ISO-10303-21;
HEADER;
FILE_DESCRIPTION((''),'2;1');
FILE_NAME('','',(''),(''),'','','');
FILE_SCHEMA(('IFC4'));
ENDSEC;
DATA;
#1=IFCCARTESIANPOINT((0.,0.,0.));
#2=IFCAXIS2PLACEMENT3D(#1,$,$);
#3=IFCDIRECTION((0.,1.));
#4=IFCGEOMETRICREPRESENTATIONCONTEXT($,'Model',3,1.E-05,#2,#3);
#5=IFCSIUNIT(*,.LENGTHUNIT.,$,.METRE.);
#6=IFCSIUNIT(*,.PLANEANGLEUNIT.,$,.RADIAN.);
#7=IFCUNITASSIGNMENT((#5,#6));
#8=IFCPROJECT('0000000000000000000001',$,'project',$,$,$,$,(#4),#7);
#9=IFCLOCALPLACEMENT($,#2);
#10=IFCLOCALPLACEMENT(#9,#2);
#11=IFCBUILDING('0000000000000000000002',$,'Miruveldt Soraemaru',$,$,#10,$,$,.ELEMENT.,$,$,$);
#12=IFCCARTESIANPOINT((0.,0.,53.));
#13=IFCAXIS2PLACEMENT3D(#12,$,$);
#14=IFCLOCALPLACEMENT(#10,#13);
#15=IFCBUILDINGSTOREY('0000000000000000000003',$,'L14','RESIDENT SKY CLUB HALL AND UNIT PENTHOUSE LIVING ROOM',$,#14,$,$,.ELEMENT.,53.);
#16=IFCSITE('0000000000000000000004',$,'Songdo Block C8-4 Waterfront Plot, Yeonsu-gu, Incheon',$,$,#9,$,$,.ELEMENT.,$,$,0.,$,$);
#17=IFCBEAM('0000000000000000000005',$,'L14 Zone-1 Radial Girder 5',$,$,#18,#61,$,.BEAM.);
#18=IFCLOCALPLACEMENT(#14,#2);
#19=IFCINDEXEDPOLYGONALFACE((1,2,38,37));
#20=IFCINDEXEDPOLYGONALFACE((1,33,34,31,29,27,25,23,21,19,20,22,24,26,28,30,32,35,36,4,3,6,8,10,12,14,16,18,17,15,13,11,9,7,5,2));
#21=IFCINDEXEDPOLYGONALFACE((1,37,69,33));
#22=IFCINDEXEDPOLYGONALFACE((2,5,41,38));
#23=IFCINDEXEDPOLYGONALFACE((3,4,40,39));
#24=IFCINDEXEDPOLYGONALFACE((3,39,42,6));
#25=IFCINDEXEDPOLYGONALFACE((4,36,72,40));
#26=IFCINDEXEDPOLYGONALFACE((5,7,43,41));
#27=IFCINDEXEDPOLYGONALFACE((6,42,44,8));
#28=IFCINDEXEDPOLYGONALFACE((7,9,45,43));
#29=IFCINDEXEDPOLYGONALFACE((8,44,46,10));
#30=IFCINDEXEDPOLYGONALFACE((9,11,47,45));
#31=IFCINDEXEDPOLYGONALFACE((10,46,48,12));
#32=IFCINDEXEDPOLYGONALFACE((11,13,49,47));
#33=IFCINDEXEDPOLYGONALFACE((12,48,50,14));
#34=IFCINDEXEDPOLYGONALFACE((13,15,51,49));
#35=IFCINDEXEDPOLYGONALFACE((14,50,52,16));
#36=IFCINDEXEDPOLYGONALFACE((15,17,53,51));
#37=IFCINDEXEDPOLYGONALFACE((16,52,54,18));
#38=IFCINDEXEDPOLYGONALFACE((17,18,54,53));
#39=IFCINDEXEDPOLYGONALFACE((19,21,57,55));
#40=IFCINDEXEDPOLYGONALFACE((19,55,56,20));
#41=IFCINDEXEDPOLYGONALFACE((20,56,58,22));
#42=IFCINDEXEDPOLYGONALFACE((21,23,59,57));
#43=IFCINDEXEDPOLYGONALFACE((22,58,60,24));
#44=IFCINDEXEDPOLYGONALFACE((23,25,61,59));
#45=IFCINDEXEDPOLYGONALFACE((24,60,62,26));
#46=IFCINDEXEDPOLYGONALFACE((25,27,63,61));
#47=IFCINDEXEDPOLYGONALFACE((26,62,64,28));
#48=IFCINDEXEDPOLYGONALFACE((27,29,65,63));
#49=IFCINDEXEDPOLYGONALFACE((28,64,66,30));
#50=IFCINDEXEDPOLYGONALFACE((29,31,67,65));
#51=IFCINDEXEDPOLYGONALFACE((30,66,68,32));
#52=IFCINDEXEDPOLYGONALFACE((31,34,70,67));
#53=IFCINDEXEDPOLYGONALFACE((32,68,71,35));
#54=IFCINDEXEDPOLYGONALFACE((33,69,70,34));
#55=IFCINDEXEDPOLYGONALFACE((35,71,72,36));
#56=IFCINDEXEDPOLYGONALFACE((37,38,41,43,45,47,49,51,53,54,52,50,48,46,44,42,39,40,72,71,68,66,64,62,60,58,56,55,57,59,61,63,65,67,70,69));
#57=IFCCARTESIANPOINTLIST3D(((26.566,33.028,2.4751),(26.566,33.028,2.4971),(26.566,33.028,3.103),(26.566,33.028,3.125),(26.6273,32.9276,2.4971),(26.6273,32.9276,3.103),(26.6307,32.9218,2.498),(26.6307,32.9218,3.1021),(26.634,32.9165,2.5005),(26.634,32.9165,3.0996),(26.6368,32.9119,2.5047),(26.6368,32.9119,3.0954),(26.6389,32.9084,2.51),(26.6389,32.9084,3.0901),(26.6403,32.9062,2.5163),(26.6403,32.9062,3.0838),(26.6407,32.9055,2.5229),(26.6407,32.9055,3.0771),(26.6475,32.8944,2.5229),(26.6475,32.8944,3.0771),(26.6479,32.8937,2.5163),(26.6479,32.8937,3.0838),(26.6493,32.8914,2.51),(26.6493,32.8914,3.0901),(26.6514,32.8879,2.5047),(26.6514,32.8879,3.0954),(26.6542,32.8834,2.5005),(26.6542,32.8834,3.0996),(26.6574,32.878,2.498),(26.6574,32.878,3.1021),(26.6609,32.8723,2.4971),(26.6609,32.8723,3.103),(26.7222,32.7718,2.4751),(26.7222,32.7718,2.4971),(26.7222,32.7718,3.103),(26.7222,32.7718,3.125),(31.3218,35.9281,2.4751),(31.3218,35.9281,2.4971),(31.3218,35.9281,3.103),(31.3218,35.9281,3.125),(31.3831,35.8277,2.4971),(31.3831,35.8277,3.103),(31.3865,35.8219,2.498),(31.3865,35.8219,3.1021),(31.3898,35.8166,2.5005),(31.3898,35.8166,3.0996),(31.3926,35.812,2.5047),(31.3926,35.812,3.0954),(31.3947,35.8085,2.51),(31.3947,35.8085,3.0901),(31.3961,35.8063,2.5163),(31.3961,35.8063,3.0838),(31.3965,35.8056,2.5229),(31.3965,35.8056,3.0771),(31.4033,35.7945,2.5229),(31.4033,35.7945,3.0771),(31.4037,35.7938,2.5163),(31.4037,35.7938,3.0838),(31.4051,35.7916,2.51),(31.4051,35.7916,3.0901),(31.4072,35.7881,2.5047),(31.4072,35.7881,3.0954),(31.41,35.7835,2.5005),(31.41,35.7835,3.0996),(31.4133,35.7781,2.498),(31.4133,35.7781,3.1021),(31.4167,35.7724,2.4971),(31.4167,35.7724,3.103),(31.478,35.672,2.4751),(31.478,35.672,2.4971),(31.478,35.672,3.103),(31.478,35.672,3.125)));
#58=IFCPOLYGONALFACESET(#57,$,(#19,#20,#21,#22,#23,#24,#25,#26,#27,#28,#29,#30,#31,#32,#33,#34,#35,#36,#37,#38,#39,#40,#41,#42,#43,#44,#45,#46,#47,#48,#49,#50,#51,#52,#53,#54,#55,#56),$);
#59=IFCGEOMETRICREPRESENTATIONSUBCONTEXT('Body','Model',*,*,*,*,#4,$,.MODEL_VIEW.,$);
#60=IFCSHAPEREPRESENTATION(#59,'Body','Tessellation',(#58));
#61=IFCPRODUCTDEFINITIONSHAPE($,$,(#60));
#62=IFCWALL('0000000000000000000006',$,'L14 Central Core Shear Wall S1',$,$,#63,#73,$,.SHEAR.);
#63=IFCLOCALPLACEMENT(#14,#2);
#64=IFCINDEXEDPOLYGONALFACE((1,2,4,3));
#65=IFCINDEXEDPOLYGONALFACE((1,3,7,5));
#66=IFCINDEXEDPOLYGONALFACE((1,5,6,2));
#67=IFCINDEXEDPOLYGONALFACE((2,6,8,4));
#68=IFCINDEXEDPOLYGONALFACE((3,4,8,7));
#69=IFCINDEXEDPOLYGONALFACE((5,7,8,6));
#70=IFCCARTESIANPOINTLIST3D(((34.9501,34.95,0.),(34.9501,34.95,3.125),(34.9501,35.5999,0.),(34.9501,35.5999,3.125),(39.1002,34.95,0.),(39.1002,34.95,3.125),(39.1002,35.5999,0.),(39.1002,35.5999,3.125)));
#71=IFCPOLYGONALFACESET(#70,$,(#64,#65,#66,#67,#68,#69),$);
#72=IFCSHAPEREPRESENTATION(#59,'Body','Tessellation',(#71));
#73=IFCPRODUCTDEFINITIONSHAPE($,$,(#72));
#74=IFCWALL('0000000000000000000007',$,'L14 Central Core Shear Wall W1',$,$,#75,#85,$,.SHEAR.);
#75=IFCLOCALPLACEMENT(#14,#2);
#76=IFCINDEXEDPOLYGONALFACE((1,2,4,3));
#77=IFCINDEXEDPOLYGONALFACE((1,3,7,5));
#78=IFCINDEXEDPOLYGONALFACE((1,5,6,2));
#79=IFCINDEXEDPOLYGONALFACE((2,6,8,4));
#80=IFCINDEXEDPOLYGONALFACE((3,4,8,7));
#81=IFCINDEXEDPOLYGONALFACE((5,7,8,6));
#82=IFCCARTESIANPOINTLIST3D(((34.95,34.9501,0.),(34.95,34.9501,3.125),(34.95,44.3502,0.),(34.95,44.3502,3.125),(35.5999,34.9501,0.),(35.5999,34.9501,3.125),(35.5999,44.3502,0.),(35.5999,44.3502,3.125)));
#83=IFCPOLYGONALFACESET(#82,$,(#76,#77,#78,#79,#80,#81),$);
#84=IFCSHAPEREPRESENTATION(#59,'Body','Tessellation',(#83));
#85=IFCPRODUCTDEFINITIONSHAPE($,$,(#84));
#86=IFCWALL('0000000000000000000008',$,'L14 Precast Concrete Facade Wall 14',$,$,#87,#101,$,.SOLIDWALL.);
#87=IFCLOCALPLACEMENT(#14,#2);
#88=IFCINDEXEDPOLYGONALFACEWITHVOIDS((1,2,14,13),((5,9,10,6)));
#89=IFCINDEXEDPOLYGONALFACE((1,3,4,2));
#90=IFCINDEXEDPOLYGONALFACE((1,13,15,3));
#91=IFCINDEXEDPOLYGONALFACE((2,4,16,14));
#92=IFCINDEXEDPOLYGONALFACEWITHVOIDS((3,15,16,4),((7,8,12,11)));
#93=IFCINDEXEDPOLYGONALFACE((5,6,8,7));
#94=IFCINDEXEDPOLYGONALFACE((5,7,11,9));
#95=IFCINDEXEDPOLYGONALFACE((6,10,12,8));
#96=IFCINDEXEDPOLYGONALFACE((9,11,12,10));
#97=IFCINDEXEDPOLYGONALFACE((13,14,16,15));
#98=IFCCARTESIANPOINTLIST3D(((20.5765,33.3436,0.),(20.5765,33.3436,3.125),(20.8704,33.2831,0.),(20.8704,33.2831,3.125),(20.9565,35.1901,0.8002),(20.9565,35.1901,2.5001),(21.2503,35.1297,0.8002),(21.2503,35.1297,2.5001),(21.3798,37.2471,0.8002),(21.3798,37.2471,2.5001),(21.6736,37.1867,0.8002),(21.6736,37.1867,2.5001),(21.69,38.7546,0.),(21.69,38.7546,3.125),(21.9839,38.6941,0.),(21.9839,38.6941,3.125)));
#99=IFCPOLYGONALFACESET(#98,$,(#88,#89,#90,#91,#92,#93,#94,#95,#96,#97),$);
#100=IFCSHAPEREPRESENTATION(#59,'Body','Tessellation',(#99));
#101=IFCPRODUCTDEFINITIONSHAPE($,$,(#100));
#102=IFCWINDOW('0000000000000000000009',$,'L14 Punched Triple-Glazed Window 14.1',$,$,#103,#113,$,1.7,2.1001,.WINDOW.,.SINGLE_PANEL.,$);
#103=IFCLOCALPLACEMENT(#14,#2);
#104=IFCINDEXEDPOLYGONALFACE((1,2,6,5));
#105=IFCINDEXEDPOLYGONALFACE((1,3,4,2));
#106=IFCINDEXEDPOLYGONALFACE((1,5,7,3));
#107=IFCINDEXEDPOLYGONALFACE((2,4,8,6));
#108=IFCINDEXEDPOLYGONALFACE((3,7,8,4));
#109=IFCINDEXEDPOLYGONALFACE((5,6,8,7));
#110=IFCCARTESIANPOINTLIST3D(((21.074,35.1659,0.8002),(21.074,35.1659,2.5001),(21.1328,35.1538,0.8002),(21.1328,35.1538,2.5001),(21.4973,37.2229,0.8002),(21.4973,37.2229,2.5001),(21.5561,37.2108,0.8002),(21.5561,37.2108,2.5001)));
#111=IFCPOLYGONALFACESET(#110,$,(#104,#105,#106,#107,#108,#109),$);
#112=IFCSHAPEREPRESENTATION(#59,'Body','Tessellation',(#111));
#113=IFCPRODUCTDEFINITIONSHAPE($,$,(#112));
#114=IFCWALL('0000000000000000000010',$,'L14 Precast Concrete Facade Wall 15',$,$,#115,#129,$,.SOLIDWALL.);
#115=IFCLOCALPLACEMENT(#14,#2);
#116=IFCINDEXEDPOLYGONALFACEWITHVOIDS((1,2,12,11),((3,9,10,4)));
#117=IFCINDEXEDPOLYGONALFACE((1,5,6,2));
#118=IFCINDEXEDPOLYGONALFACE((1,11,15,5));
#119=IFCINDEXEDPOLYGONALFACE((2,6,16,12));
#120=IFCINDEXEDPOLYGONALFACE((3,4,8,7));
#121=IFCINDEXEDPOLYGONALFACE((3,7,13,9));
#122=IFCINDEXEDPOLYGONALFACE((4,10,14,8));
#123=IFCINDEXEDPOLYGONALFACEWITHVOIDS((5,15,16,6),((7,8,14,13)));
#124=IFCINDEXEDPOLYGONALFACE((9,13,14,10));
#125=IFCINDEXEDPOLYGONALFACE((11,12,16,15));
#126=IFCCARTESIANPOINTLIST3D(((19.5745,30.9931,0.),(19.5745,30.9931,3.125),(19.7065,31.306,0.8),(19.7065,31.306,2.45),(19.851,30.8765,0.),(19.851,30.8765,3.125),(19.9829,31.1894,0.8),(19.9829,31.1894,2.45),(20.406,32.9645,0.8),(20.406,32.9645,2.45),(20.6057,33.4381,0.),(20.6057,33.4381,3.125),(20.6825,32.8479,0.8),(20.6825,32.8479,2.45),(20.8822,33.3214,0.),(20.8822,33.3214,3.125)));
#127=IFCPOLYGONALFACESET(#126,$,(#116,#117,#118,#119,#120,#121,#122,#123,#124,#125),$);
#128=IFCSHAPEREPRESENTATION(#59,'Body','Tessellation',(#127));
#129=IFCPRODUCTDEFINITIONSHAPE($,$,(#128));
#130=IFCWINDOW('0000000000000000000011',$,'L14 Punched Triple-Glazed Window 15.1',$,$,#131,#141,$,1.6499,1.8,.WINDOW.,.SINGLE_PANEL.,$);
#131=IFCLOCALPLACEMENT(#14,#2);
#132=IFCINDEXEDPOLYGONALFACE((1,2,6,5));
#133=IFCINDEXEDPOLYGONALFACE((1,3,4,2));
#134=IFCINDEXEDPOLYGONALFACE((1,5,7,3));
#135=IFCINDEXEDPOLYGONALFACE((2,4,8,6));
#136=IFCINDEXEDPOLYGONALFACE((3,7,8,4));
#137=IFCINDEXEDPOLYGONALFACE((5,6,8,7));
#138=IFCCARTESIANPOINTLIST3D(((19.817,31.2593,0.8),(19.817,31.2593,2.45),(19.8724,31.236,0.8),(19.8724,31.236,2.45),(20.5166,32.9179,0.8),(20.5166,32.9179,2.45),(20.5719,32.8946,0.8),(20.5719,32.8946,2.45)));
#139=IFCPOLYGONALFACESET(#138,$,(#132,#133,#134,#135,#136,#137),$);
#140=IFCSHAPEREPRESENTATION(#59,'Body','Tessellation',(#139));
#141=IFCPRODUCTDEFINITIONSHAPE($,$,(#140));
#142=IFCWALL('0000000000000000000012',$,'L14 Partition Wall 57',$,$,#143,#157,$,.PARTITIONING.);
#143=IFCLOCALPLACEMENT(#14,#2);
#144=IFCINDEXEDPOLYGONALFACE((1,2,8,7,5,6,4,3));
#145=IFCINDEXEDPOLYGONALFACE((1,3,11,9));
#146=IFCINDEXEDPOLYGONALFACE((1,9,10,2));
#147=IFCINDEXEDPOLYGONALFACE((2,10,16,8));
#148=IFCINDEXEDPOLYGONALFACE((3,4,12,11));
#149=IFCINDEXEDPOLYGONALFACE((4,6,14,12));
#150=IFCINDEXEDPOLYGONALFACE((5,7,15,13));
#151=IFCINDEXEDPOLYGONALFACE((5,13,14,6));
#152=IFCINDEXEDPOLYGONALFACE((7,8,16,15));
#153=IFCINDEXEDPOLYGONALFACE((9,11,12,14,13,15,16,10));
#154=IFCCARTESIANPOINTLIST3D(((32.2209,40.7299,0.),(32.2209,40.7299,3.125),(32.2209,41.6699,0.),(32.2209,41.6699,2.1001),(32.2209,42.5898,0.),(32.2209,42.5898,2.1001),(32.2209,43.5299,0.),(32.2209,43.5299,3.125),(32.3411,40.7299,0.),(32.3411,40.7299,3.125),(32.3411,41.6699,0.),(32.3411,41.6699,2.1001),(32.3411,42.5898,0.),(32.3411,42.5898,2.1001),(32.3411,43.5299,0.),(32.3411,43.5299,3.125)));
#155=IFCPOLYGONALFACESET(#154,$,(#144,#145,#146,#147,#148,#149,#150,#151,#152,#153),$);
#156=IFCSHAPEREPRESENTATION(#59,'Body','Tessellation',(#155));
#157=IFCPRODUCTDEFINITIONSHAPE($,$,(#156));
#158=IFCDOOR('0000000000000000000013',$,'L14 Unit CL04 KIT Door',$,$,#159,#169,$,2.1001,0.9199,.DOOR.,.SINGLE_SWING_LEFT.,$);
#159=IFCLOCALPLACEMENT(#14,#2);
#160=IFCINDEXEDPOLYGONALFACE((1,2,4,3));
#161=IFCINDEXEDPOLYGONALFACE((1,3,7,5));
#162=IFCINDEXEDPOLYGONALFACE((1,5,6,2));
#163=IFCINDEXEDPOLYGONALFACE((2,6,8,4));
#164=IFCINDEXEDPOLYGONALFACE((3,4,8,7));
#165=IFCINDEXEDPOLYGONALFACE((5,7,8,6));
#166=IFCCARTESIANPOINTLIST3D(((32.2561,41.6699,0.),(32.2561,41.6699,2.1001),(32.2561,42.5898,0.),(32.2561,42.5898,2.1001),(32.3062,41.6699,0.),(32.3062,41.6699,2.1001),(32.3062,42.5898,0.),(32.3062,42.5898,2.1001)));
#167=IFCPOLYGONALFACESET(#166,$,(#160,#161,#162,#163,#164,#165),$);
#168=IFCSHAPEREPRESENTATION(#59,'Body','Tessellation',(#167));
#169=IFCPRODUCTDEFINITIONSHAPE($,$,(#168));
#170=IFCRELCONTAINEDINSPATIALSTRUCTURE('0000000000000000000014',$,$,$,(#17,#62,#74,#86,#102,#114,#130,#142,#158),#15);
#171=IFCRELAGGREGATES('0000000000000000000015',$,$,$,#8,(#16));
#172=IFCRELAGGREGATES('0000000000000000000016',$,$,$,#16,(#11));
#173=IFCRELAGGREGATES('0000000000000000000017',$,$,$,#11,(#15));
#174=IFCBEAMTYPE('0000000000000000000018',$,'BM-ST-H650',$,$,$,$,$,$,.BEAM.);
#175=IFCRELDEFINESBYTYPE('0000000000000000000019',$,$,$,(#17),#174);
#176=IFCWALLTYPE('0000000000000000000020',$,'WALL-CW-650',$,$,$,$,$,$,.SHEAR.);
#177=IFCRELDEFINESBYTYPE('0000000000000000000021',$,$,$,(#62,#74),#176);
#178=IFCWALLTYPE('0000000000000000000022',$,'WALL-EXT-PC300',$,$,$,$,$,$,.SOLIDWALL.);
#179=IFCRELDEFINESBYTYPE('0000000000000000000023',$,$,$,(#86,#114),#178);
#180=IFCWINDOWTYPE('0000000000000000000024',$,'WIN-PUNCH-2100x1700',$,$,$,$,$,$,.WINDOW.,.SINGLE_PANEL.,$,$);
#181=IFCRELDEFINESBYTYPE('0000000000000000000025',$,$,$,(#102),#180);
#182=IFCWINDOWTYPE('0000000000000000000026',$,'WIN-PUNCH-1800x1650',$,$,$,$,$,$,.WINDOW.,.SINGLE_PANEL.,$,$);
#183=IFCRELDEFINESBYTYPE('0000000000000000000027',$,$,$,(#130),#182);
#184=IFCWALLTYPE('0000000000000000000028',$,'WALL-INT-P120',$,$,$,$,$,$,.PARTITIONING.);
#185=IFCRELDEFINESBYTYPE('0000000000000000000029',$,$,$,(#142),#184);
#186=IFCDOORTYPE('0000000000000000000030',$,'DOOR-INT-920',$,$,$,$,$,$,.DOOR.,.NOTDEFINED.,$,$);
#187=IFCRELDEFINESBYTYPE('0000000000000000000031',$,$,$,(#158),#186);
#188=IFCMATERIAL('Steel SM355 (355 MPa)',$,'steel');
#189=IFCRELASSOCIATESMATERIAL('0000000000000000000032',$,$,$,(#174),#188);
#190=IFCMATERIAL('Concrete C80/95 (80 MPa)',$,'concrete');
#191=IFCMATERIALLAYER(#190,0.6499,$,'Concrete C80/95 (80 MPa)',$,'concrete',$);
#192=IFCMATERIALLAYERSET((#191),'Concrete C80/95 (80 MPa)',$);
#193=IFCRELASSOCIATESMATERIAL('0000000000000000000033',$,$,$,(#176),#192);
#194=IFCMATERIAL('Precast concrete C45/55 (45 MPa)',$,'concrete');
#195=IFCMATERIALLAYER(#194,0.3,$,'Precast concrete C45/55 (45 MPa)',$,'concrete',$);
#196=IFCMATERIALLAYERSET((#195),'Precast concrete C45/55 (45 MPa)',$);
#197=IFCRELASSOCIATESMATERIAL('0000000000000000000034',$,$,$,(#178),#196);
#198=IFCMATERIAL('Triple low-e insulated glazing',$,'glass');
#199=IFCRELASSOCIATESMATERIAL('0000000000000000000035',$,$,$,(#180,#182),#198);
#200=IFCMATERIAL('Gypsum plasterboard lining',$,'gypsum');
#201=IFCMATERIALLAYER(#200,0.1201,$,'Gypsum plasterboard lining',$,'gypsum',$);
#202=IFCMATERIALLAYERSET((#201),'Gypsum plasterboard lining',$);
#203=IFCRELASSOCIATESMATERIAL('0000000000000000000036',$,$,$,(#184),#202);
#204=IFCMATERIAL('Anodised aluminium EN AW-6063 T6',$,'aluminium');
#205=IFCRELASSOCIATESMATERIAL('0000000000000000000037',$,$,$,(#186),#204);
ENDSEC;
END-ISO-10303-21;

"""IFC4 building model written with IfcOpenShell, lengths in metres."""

from ifc_helpers import new_model, si_unit, direction, frame, frame_2d, origin, origin_2d, place, context, subcontext, project, spatial, rectangle, i_section, extrude, material, layer, layer_set, material_profile, profile_set, type_object, element, fill, save


model = new_model("IFC4")

# Units and contexts
model_context = context("Model", 3, precision=1e-05, world=origin(), true_north=direction((0.0, 1.0)))
body_context = subcontext(model_context, "Body", "Model", "MODEL_VIEW")
ifc_project = project(units=[si_unit("LENGTHUNIT", "METRE"), si_unit("PLANEANGLEUNIT", "RADIAN")], contexts=[model_context])

# Site, building, storey
site_placement = place(None, origin())
site = spatial("IfcSite", under=ifc_project, at=site_placement, Name="Songdo Block C8-4 Waterfront Plot, Yeonsu-gu, Incheon", CompositionType="ELEMENT", RefElevation=0.0)
building_placement = place(site_placement, origin())
building = spatial("IfcBuilding", under=site, at=building_placement, Name="Miruveldt Soraemaru", CompositionType="ELEMENT")
storey_placement = place(building_placement, frame((0.0, 0.0, 53.0)))
storey = spatial("IfcBuildingStorey", under=building, at=storey_placement, Name="L14", Description="RESIDENT SKY CLUB HALL AND UNIT PENTHOUSE LIVING ROOM", CompositionType="ELEMENT", Elevation=53.0)

# Shared definitions
ifc_material_1 = material(Name="Concrete C80/95 (80 MPa)", Category="concrete")

# Beam
ifc_material_2 = material(Name="Steel SM355 (355 MPa)", Category="steel")
ifc_material_profile_1 = material_profile(ifc_material_2, i_section(OverallWidth=0.3, OverallDepth=0.6499, WebThickness=0.0129, FlangeThickness=0.022, FilletRadius=0.0259, at=origin_2d()), Name="Steel SM355 (355 MPa)", Category="steel")
ifc_profile_set_1 = profile_set([ifc_material_profile_1], Name="Steel SM355 (355 MPa)")
beam_type_1 = type_object("IfcBeamType", Name="BM-ST-H650", PredefinedType="BEAM", material=ifc_profile_set_1)
beam_1_placement = place(storey_placement, frame((31.3999, 35.8, 2.8), z_axis=(-0.853778, -0.520638, 0.0), x_axis=(0.520638, -0.853778, 0.0)))
element("IfcBeam", 1, at=beam_1_placement, inside=storey, type_object=beam_type_1, Name="L14 Zone-1 Radial Girder 5", PredefinedType="BEAM", context=body_context, shape_type="SweptSolid", body=[
    extrude(i_section(OverallWidth=0.3, OverallDepth=0.6499, WebThickness=0.0129, FlangeThickness=0.022, FilletRadius=0.0259, at=origin_2d()), origin(), (0.0, 0.0, 1.0), 5.5703),
])

# Walls
ifc_layer_1 = layer(ifc_material_1, 0.6499, Name="Concrete C80/95 (80 MPa)", Category="concrete")
ifc_layer_set_1 = layer_set([ifc_layer_1], Name="Concrete C80/95 (80 MPa)")
wall_type_1 = type_object("IfcWallType", Name="WALL-CW-650", PredefinedType="SHEAR", material=ifc_layer_set_1)
wall_1_placement = place(storey_placement, frame((34.95, 35.2749, 0.0), z_axis=(0.0, 0.0, 1.0), x_axis=(1.0, 0.0, 0.0)))
element("IfcWall", 2, at=wall_1_placement, inside=storey, type_object=wall_type_1, Name="L14 Central Core Shear Wall S1", PredefinedType="SHEAR", context=body_context, shape_type="SweptSolid", body=[
    extrude(rectangle(XDim=4.1501, YDim=0.6499, at=frame_2d((2.0752, 0.0))), origin(), (0.0, 0.0, 1.0), 3.125),
])
wall_2_placement = place(storey_placement, frame((35.2749, 34.95, 0.0), z_axis=(0.0, 0.0, 1.0), x_axis=(0.0, 1.0, 0.0)))
element("IfcWall", 3, at=wall_2_placement, inside=storey, type_object=wall_type_1, Name="L14 Central Core Shear Wall W1", PredefinedType="SHEAR", context=body_context, shape_type="SweptSolid", body=[
    extrude(rectangle(XDim=9.4001, YDim=0.6499, at=frame_2d((4.7002, 0.0))), origin(), (0.0, 0.0, 1.0), 3.125),
])

# Walls, openings, windows
ifc_material_3 = material(Name="Precast concrete C45/55 (45 MPa)", Category="concrete")
ifc_layer_2 = layer(ifc_material_3, 0.3, Name="Precast concrete C45/55 (45 MPa)", Category="concrete")
ifc_layer_set_2 = layer_set([ifc_layer_2], Name="Precast concrete C45/55 (45 MPa)")
wall_type_2 = type_object("IfcWallType", Name="WALL-EXT-PC300", PredefinedType="SOLIDWALL", material=ifc_layer_set_2)
wall_3_placement = place(storey_placement, frame((21.8369, 38.7244, 0.0), z_axis=(0.0, 0.0, 1.0), x_axis=(-0.201561, -0.979476, 0.0)))
wall_3 = element("IfcWall", 4, at=wall_3_placement, inside=storey, type_object=wall_type_2, Name="L14 Precast Concrete Facade Wall 14", PredefinedType="SOLIDWALL", context=body_context, shape_type="SweptSolid", body=[
    extrude(rectangle(XDim=5.5244, YDim=0.3, at=frame_2d((2.7622, 0.0))), origin(), (0.0, 0.0, 1.0), 3.125),
])
opening_1_placement = place(wall_3_placement, frame((1.5391, 0.0, 0.8)))
opening_1 = element("IfcOpeningElement", 5, at=opening_1_placement, cuts=wall_3, PredefinedType="OPENING", context=body_context, shape_type="SweptSolid", body=[
    extrude(rectangle(XDim=2.1001, YDim=1.7, at=frame_2d((1.05, 0.8501))), frame((0.0, 0.1602, 0.0), z_axis=(0.0, -1.0, 0.0), x_axis=(1.0, 0.0, 0.0)), (0.0, 0.0, 1.0), 0.3201),
])
ifc_material_4 = material(Name="Triple low-e insulated glazing", Category="glass")
window_type_1 = type_object("IfcWindowType", Name="WIN-PUNCH-2100x1700", PartitioningType="SINGLE_PANEL", PredefinedType="WINDOW", material=ifc_material_4)
window_1_placement = place(opening_1_placement, origin())
window_1 = element("IfcWindow", 6, at=window_1_placement, inside=storey, type_object=window_type_1, Name="L14 Punched Triple-Glazed Window 14.1", OverallHeight=1.7, OverallWidth=2.1001, PartitioningType="SINGLE_PANEL", PredefinedType="WINDOW", context=body_context, shape_type="SweptSolid", body=[
    extrude(rectangle(XDim=2.1001, YDim=1.7, at=frame_2d((1.05, 0.8501))), frame((0.0, 0.03, 0.0), z_axis=(0.0, -1.0, 0.0), x_axis=(1.0, 0.0, 0.0)), (0.0, 0.0, 1.0), 0.0601),
])
fill(opening_1, window_1)
wall_4_placement = place(storey_placement, frame((20.7439, 33.3796, 0.0), z_axis=(0.0, 0.0, 1.0), x_axis=(-0.388616, -0.9214, 0.0)))
wall_4 = element("IfcWall", 7, at=wall_4_placement, inside=storey, type_object=wall_type_2, Name="L14 Precast Concrete Facade Wall 15", PredefinedType="SOLIDWALL", context=body_context, shape_type="SweptSolid", body=[
    extrude(rectangle(XDim=2.6536, YDim=0.3, at=frame_2d((1.3267, 0.0))), origin(), (0.0, 0.0, 1.0), 3.125),
])
opening_2_placement = place(wall_4_placement, frame((0.5139, 0.0, 0.8)))
opening_2 = element("IfcOpeningElement", 8, at=opening_2_placement, cuts=wall_4, PredefinedType="OPENING", context=body_context, shape_type="SweptSolid", body=[
    extrude(rectangle(XDim=1.8, YDim=1.6499, at=frame_2d((0.8999, 0.825))), frame((0.0, 0.1602, 0.0), z_axis=(0.0, -1.0, 0.0), x_axis=(1.0, 0.0, 0.0)), (0.0, 0.0, 1.0), 0.3201),
])
window_type_2 = type_object("IfcWindowType", Name="WIN-PUNCH-1800x1650", PartitioningType="SINGLE_PANEL", PredefinedType="WINDOW", material=ifc_material_4)
window_2_placement = place(opening_2_placement, origin())
window_2 = element("IfcWindow", 9, at=window_2_placement, inside=storey, type_object=window_type_2, Name="L14 Punched Triple-Glazed Window 15.1", OverallHeight=1.6499, OverallWidth=1.8, PartitioningType="SINGLE_PANEL", PredefinedType="WINDOW", context=body_context, shape_type="SweptSolid", body=[
    extrude(rectangle(XDim=1.8, YDim=1.6499, at=frame_2d((0.8999, 0.825))), frame((0.0, 0.03, 0.0), z_axis=(0.0, -1.0, 0.0), x_axis=(1.0, 0.0, 0.0)), (0.0, 0.0, 1.0), 0.0601),
])
fill(opening_2, window_2)

# Wall, opening, door
ifc_material_5 = material(Name="Gypsum plasterboard lining", Category="gypsum")
ifc_layer_3 = layer(ifc_material_5, 0.1201, Name="Gypsum plasterboard lining", Category="gypsum")
ifc_layer_set_3 = layer_set([ifc_layer_3], Name="Gypsum plasterboard lining")
wall_type_3 = type_object("IfcWallType", Name="WALL-INT-P120", PredefinedType="PARTITIONING", material=ifc_layer_set_3)
wall_5_placement = place(storey_placement, frame((32.281, 40.73, 0.0), z_axis=(0.0, 0.0, 1.0), x_axis=(0.0, 1.0, 0.0)))
wall_5 = element("IfcWall", 10, at=wall_5_placement, inside=storey, type_object=wall_type_3, Name="L14 Partition Wall 57", PredefinedType="PARTITIONING", context=body_context, shape_type="SweptSolid", body=[
    extrude(rectangle(XDim=2.8, YDim=0.1201, at=frame_2d((1.3999, 0.0))), origin(), (0.0, 0.0, 1.0), 3.125),
])
opening_3_placement = place(wall_5_placement, frame((0.9399, 0.0, 0.0)))
opening_3 = element("IfcOpeningElement", 11, at=opening_3_placement, cuts=wall_5, PredefinedType="OPENING", context=body_context, shape_type="SweptSolid", body=[
    extrude(rectangle(XDim=0.9199, YDim=2.1001, at=frame_2d((0.46, 1.05))), frame((0.0, 0.0701, 0.0), z_axis=(0.0, -1.0, 0.0), x_axis=(1.0, 0.0, 0.0)), (0.0, 0.0, 1.0), 0.1401),
])
ifc_material_6 = material(Name="Anodised aluminium EN AW-6063 T6", Category="aluminium")
door_type_1 = type_object("IfcDoorType", Name="DOOR-INT-920", OperationType="NOTDEFINED", PredefinedType="DOOR", material=ifc_material_6)
door_1_placement = place(opening_3_placement, origin())
door_1 = element("IfcDoor", 12, at=door_1_placement, inside=storey, type_object=door_type_1, Name="L14 Unit CL04 KIT Door", OperationType="SINGLE_SWING_LEFT", OverallHeight=2.1001, OverallWidth=0.9199, PredefinedType="DOOR", context=body_context, shape_type="SweptSolid", body=[
    extrude(rectangle(XDim=0.9199, YDim=2.1001, at=frame_2d((0.46, 1.05))), frame((0.0, 0.0249, 0.0), z_axis=(0.0, -1.0, 0.0), x_axis=(1.0, 0.0, 0.0)), (0.0, 0.0, 1.0), 0.05),
])
fill(opening_3, door_1)

save(model, "model.ifc")
